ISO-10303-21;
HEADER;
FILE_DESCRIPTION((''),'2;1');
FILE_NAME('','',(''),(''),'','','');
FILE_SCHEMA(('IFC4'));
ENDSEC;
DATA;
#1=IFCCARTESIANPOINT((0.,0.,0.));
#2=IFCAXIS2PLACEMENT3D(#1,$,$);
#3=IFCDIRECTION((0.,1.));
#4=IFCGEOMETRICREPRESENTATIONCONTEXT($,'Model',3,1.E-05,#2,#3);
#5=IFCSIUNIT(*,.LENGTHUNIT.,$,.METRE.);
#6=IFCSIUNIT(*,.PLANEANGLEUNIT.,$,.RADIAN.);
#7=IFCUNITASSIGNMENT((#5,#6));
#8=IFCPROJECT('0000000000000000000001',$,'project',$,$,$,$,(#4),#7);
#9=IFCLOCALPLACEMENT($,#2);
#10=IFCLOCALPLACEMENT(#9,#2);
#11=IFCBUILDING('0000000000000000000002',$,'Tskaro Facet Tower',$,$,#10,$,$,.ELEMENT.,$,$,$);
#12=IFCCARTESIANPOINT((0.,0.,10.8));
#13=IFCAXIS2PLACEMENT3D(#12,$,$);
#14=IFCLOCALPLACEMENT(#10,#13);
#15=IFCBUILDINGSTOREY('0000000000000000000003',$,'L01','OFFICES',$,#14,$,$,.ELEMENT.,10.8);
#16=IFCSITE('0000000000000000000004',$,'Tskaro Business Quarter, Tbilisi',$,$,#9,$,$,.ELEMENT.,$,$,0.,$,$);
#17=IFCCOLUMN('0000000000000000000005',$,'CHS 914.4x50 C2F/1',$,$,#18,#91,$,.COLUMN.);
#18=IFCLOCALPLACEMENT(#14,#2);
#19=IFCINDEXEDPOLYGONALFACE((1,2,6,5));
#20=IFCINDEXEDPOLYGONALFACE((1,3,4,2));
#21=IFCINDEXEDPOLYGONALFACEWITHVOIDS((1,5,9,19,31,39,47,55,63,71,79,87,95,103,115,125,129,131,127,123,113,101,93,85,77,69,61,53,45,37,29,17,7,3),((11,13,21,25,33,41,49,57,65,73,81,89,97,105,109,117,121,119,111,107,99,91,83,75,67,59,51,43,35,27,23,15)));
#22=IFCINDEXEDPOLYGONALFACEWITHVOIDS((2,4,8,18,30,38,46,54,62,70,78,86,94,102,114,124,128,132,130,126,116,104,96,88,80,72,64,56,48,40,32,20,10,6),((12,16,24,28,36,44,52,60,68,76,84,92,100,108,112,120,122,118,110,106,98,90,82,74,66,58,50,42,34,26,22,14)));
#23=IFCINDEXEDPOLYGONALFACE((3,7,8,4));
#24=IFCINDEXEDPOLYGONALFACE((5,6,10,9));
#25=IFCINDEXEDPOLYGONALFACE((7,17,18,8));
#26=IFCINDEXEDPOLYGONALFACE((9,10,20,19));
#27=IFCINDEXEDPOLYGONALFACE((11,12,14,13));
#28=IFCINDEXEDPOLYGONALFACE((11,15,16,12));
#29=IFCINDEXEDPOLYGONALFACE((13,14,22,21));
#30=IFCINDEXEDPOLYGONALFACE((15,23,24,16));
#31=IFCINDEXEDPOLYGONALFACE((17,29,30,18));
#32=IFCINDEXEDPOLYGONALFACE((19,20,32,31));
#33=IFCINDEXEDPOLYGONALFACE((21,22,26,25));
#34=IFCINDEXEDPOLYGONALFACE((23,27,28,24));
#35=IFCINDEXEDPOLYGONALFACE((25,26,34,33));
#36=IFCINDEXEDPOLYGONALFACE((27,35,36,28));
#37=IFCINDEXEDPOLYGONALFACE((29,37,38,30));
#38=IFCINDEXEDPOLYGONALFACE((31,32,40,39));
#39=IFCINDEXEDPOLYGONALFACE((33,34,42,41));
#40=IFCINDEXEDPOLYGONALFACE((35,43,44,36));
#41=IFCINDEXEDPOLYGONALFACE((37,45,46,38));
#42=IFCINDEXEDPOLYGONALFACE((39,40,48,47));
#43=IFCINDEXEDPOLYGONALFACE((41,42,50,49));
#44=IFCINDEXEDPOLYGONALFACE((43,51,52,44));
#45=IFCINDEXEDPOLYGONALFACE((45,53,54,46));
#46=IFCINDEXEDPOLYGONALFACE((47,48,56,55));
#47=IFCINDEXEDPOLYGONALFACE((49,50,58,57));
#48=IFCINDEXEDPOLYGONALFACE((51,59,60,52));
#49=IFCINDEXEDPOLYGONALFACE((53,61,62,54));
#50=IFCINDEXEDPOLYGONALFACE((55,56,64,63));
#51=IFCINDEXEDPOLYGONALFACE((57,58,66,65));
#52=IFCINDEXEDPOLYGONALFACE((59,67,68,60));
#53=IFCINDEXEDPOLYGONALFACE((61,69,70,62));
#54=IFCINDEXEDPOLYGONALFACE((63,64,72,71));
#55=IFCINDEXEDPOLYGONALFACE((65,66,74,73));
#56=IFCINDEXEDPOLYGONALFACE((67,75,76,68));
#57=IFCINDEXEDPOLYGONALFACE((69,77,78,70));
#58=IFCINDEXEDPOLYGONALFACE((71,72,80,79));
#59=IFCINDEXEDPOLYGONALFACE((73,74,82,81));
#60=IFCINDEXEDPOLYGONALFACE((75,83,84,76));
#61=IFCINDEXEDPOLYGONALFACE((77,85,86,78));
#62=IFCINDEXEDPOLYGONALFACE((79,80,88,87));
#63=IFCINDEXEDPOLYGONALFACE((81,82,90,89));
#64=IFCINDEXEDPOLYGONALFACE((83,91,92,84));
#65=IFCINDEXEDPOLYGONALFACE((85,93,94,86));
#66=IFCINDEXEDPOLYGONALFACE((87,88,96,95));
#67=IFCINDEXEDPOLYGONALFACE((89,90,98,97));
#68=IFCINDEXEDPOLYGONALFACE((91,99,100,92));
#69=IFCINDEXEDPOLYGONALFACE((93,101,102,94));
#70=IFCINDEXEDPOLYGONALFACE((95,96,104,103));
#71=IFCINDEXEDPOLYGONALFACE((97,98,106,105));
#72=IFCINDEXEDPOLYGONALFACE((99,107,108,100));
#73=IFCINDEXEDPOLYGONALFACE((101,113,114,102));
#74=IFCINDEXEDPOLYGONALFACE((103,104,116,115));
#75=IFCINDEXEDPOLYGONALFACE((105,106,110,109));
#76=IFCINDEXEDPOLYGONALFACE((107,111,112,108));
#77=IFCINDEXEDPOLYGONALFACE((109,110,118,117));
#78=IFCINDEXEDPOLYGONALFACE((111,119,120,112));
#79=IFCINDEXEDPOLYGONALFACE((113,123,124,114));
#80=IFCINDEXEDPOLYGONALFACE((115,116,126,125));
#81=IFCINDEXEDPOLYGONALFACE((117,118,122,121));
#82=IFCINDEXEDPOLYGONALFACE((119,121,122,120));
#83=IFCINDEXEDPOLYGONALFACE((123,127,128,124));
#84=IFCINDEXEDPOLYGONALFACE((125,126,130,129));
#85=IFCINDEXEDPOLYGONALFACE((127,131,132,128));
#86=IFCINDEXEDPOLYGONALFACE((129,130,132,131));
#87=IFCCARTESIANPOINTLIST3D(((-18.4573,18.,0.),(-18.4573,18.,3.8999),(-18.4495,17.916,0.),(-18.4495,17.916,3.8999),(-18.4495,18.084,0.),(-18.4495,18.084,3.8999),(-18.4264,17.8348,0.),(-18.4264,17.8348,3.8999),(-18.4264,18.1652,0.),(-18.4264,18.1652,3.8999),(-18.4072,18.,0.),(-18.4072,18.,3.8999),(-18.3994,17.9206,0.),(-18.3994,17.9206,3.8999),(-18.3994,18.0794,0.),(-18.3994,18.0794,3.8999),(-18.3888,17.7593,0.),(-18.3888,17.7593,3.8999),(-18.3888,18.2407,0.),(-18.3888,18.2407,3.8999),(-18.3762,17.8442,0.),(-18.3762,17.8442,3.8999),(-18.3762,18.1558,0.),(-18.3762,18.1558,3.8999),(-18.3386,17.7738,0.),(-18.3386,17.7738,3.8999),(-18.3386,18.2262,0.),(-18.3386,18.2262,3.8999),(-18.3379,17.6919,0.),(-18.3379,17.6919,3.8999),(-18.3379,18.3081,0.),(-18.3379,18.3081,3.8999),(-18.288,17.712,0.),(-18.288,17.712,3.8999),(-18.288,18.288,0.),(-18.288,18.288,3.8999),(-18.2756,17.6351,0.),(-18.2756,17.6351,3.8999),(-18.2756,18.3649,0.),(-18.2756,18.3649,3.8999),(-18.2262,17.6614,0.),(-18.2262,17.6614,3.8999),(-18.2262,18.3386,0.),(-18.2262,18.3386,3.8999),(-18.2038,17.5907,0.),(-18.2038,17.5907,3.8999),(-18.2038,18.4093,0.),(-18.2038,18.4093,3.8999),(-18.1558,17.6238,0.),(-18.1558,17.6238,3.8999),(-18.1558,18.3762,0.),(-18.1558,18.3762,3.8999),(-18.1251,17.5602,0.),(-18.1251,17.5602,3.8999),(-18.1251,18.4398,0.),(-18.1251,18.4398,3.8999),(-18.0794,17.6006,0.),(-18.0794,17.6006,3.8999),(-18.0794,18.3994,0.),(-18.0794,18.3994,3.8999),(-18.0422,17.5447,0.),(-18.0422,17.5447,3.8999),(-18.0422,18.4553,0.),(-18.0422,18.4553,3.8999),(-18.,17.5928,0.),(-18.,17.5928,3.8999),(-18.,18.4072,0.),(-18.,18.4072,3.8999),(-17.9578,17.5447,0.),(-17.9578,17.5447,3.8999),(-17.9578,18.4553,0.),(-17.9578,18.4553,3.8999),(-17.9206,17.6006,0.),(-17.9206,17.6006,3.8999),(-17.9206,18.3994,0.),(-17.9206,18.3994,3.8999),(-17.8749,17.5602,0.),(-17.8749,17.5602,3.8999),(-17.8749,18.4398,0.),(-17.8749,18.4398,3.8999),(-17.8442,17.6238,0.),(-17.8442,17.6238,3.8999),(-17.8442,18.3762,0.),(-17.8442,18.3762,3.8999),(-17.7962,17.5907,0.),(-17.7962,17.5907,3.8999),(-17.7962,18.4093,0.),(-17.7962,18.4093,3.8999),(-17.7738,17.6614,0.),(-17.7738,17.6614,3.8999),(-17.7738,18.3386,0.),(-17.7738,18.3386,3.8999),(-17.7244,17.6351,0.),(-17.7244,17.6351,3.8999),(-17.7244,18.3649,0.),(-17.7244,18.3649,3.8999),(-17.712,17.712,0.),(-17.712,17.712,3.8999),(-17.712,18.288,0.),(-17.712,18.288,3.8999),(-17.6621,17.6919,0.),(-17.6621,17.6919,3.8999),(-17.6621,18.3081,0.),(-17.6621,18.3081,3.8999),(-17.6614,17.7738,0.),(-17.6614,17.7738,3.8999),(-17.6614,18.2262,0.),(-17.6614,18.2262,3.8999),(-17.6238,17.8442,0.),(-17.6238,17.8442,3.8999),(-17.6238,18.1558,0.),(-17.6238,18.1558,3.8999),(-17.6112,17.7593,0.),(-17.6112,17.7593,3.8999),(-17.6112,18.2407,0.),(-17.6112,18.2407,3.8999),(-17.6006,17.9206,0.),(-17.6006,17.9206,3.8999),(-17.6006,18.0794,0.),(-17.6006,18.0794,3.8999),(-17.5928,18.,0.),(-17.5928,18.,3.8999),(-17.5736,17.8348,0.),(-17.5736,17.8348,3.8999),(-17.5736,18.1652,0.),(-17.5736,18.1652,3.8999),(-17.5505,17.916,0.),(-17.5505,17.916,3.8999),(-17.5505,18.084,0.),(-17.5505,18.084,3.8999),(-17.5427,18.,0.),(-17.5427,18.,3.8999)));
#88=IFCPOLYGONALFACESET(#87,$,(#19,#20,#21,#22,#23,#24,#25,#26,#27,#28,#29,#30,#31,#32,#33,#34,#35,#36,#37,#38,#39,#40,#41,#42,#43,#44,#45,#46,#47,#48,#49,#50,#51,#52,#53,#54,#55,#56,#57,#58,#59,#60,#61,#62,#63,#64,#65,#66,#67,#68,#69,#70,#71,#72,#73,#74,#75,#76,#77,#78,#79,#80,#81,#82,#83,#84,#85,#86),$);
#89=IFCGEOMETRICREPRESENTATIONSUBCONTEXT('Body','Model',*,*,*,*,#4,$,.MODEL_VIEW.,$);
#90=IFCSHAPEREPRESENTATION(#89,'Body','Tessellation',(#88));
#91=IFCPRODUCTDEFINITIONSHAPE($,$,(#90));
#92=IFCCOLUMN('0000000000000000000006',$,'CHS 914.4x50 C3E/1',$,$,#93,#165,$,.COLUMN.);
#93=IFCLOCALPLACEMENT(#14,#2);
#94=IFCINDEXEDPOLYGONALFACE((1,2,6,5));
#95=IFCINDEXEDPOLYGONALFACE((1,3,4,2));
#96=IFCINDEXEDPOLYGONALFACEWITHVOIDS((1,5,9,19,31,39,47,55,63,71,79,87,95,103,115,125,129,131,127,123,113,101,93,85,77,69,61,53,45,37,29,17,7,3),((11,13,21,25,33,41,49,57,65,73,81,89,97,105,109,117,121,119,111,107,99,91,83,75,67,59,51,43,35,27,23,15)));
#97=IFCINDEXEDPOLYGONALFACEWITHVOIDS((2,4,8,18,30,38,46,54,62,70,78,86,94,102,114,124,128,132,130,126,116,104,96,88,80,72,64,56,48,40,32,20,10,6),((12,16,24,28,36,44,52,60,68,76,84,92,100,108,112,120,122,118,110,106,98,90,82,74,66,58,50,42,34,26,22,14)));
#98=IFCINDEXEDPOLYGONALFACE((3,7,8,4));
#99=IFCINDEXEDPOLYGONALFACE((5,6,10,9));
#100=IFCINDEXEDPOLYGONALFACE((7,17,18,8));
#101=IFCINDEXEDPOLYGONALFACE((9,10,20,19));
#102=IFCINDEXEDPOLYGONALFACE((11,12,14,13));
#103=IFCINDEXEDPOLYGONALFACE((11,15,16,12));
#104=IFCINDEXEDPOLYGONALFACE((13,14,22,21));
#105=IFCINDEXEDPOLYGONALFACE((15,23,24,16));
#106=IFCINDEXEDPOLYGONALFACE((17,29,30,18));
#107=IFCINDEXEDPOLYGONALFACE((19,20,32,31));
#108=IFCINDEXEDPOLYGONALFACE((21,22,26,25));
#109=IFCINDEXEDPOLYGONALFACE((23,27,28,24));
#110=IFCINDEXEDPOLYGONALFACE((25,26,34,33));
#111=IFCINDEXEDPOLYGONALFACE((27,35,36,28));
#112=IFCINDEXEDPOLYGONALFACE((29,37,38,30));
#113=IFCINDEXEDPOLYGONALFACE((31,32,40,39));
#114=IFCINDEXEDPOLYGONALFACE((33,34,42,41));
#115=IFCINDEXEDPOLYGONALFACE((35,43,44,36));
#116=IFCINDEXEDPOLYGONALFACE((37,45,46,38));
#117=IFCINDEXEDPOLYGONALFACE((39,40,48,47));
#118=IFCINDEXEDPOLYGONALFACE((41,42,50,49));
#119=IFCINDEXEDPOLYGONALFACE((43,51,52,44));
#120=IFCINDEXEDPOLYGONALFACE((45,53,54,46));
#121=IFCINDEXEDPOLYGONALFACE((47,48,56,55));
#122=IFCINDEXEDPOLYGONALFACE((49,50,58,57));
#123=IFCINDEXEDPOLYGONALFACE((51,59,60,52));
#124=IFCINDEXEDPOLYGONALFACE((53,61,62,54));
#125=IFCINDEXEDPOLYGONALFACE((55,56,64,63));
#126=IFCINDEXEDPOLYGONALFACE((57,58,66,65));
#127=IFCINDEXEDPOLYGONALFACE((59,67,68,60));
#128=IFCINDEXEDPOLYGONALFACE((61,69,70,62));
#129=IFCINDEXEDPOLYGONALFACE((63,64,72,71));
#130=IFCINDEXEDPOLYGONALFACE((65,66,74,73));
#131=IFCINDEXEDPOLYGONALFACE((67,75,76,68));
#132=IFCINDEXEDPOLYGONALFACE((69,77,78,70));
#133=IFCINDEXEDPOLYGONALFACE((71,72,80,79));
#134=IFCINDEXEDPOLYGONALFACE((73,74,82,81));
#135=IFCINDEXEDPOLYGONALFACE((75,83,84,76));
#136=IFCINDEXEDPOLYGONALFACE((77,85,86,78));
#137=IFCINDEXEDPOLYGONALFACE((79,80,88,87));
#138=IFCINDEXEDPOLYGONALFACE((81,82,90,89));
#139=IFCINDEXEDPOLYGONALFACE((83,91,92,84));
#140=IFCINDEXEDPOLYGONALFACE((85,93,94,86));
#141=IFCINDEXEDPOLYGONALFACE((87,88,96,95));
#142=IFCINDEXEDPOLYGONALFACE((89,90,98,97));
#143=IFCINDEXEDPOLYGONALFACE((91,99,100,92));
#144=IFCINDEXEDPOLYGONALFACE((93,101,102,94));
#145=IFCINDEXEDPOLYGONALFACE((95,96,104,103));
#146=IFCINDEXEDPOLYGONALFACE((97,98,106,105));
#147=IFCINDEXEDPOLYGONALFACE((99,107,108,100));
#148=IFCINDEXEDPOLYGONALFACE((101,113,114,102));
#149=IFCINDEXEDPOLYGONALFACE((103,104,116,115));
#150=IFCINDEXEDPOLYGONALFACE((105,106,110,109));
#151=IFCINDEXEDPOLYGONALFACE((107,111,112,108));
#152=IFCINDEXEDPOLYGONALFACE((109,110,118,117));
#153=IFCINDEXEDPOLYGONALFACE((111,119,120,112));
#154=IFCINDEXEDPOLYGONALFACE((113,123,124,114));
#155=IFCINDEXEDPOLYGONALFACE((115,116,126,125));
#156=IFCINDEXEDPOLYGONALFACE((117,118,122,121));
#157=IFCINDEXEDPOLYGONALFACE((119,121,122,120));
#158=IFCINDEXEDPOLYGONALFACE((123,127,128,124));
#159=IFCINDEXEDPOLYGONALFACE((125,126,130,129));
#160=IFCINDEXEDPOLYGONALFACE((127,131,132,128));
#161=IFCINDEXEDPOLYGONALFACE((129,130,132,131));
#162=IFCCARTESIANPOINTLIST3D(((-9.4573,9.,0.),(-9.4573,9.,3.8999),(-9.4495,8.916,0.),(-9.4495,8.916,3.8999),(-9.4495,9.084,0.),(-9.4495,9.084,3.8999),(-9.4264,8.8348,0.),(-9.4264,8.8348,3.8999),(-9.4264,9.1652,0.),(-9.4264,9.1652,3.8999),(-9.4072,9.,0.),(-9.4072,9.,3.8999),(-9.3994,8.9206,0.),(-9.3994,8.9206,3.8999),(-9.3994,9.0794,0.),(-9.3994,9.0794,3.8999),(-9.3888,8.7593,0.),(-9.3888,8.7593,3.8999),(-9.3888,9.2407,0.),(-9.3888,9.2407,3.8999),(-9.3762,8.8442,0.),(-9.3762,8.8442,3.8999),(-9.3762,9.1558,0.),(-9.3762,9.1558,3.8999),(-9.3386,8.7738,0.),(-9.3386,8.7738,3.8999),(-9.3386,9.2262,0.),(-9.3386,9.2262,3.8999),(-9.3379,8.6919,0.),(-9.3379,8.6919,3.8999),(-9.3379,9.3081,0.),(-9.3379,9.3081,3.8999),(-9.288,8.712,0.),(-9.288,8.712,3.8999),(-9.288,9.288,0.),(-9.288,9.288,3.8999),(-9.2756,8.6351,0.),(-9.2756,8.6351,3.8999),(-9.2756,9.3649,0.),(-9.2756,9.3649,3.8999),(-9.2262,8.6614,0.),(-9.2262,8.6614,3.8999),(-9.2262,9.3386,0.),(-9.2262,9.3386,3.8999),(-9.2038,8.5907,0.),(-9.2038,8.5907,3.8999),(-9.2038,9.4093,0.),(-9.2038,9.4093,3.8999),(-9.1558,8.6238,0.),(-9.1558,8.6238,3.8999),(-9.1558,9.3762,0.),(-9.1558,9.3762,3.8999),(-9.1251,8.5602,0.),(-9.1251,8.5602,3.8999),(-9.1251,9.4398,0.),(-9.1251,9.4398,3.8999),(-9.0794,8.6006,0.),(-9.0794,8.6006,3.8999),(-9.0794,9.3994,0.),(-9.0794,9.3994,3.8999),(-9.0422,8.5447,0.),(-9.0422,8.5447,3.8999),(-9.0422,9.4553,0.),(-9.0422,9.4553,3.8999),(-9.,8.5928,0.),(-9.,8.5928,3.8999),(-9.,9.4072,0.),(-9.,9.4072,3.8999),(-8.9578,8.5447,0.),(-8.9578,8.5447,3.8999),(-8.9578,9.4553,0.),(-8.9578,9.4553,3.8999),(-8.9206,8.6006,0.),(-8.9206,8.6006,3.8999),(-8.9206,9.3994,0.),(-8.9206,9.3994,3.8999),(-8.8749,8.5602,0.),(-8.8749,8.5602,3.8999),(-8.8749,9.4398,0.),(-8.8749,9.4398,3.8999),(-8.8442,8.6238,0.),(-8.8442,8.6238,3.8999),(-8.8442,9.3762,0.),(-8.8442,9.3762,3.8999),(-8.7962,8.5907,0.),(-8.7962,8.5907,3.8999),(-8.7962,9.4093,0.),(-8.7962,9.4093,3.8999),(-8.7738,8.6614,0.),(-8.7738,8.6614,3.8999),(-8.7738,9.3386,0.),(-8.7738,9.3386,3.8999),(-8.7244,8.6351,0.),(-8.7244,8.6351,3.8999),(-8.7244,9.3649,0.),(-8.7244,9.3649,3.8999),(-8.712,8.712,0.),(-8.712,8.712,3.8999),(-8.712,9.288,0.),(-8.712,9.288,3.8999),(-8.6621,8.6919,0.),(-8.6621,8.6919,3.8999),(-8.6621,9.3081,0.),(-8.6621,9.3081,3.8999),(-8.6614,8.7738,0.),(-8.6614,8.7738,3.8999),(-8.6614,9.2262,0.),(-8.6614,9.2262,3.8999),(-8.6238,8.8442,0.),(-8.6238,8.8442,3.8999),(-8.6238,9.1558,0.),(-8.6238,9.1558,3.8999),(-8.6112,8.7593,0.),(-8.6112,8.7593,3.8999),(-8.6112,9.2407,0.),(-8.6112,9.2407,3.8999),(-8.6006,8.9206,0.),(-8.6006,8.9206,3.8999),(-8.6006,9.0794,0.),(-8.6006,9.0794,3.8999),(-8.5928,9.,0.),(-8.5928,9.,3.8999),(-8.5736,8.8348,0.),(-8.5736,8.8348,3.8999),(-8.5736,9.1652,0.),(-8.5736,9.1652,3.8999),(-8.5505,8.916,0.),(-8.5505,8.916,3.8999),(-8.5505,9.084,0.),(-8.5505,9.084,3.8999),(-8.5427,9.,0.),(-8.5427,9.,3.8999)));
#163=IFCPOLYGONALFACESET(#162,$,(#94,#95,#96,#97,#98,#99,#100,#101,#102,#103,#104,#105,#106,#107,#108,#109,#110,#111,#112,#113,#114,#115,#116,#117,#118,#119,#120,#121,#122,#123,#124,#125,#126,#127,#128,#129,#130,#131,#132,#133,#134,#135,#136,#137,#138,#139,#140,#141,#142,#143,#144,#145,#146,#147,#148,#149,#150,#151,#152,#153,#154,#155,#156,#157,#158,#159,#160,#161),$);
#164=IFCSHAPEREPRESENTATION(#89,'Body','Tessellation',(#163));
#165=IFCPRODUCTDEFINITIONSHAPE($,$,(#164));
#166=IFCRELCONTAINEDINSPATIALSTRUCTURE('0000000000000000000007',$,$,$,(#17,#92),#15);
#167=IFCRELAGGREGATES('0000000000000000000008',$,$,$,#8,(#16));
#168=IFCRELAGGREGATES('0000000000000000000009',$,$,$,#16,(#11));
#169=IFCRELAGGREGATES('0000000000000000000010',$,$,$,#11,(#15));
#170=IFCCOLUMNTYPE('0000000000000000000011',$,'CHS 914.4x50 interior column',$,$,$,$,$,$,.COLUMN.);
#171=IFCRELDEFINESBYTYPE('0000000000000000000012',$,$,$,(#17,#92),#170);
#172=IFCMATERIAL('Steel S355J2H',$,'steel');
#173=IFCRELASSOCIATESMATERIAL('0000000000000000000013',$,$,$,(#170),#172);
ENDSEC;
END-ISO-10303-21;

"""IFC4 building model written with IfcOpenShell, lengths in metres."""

from ifc_helpers import new_model, si_unit, direction, frame, origin, origin_2d, place, context, subcontext, project, spatial, hollow_circle, extrude, material, material_profile, profile_set, type_object, element, save


model = new_model("IFC4")

# Units and contexts
model_context = context("Model", 3, precision=1e-05, world=origin(), true_north=direction((0.0, 1.0)))
body_context = subcontext(model_context, "Body", "Model", "MODEL_VIEW")
ifc_project = project(units=[si_unit("LENGTHUNIT", "METRE"), si_unit("PLANEANGLEUNIT", "RADIAN")], contexts=[model_context])

# Site, building, storey
site_placement = place(None, origin())
site = spatial("IfcSite", under=ifc_project, at=site_placement, Name="Tskaro Business Quarter, Tbilisi", CompositionType="ELEMENT", RefElevation=0.0)
building_placement = place(site_placement, origin())
building = spatial("IfcBuilding", under=site, at=building_placement, Name="Tskaro Facet Tower", CompositionType="ELEMENT")
storey_placement = place(building_placement, frame((0.0, 0.0, 10.8)))
storey = spatial("IfcBuildingStorey", under=building, at=storey_placement, Name="L01", Description="OFFICES", CompositionType="ELEMENT", Elevation=10.8)

# Columns
ifc_material_1 = material(Name="Steel S355J2H", Category="steel")
ifc_material_profile_1 = material_profile(ifc_material_1, hollow_circle(Radius=0.4573, WallThickness=0.05, at=origin_2d()), Name="CHS 914.4x50")
ifc_profile_set_1 = profile_set([ifc_material_profile_1], Name="Steel S355J2H")
column_type = type_object("IfcColumnType", Name="CHS 914.4x50 interior column", PredefinedType="COLUMN", material=ifc_profile_set_1)
for number, where, z_axis, x_axis, name in (
    (1, (-18.0, 18.0, 0.0), (0.0, 0.0, 1.0), (1.0, 0.0, 0.0), "CHS 914.4x50 C2F/1"),
    (2, (-9.0, 9.0, 0.0), (0.0, 0.0, 1.0), (1.0, 0.0, 0.0), "CHS 914.4x50 C3E/1"),
):
    element("IfcColumn", number, at=place(storey_placement, frame(where, z_axis=z_axis, x_axis=x_axis)), inside=storey, type_object=column_type, Name=name, PredefinedType="COLUMN", context=body_context, shape_type="SweptSolid", body=[
        extrude(hollow_circle(Radius=0.4573, WallThickness=0.05, at=origin_2d()), origin(), (0.0, 0.0, 1.0), 3.8999),
    ])

save(model, "model.ifc")
